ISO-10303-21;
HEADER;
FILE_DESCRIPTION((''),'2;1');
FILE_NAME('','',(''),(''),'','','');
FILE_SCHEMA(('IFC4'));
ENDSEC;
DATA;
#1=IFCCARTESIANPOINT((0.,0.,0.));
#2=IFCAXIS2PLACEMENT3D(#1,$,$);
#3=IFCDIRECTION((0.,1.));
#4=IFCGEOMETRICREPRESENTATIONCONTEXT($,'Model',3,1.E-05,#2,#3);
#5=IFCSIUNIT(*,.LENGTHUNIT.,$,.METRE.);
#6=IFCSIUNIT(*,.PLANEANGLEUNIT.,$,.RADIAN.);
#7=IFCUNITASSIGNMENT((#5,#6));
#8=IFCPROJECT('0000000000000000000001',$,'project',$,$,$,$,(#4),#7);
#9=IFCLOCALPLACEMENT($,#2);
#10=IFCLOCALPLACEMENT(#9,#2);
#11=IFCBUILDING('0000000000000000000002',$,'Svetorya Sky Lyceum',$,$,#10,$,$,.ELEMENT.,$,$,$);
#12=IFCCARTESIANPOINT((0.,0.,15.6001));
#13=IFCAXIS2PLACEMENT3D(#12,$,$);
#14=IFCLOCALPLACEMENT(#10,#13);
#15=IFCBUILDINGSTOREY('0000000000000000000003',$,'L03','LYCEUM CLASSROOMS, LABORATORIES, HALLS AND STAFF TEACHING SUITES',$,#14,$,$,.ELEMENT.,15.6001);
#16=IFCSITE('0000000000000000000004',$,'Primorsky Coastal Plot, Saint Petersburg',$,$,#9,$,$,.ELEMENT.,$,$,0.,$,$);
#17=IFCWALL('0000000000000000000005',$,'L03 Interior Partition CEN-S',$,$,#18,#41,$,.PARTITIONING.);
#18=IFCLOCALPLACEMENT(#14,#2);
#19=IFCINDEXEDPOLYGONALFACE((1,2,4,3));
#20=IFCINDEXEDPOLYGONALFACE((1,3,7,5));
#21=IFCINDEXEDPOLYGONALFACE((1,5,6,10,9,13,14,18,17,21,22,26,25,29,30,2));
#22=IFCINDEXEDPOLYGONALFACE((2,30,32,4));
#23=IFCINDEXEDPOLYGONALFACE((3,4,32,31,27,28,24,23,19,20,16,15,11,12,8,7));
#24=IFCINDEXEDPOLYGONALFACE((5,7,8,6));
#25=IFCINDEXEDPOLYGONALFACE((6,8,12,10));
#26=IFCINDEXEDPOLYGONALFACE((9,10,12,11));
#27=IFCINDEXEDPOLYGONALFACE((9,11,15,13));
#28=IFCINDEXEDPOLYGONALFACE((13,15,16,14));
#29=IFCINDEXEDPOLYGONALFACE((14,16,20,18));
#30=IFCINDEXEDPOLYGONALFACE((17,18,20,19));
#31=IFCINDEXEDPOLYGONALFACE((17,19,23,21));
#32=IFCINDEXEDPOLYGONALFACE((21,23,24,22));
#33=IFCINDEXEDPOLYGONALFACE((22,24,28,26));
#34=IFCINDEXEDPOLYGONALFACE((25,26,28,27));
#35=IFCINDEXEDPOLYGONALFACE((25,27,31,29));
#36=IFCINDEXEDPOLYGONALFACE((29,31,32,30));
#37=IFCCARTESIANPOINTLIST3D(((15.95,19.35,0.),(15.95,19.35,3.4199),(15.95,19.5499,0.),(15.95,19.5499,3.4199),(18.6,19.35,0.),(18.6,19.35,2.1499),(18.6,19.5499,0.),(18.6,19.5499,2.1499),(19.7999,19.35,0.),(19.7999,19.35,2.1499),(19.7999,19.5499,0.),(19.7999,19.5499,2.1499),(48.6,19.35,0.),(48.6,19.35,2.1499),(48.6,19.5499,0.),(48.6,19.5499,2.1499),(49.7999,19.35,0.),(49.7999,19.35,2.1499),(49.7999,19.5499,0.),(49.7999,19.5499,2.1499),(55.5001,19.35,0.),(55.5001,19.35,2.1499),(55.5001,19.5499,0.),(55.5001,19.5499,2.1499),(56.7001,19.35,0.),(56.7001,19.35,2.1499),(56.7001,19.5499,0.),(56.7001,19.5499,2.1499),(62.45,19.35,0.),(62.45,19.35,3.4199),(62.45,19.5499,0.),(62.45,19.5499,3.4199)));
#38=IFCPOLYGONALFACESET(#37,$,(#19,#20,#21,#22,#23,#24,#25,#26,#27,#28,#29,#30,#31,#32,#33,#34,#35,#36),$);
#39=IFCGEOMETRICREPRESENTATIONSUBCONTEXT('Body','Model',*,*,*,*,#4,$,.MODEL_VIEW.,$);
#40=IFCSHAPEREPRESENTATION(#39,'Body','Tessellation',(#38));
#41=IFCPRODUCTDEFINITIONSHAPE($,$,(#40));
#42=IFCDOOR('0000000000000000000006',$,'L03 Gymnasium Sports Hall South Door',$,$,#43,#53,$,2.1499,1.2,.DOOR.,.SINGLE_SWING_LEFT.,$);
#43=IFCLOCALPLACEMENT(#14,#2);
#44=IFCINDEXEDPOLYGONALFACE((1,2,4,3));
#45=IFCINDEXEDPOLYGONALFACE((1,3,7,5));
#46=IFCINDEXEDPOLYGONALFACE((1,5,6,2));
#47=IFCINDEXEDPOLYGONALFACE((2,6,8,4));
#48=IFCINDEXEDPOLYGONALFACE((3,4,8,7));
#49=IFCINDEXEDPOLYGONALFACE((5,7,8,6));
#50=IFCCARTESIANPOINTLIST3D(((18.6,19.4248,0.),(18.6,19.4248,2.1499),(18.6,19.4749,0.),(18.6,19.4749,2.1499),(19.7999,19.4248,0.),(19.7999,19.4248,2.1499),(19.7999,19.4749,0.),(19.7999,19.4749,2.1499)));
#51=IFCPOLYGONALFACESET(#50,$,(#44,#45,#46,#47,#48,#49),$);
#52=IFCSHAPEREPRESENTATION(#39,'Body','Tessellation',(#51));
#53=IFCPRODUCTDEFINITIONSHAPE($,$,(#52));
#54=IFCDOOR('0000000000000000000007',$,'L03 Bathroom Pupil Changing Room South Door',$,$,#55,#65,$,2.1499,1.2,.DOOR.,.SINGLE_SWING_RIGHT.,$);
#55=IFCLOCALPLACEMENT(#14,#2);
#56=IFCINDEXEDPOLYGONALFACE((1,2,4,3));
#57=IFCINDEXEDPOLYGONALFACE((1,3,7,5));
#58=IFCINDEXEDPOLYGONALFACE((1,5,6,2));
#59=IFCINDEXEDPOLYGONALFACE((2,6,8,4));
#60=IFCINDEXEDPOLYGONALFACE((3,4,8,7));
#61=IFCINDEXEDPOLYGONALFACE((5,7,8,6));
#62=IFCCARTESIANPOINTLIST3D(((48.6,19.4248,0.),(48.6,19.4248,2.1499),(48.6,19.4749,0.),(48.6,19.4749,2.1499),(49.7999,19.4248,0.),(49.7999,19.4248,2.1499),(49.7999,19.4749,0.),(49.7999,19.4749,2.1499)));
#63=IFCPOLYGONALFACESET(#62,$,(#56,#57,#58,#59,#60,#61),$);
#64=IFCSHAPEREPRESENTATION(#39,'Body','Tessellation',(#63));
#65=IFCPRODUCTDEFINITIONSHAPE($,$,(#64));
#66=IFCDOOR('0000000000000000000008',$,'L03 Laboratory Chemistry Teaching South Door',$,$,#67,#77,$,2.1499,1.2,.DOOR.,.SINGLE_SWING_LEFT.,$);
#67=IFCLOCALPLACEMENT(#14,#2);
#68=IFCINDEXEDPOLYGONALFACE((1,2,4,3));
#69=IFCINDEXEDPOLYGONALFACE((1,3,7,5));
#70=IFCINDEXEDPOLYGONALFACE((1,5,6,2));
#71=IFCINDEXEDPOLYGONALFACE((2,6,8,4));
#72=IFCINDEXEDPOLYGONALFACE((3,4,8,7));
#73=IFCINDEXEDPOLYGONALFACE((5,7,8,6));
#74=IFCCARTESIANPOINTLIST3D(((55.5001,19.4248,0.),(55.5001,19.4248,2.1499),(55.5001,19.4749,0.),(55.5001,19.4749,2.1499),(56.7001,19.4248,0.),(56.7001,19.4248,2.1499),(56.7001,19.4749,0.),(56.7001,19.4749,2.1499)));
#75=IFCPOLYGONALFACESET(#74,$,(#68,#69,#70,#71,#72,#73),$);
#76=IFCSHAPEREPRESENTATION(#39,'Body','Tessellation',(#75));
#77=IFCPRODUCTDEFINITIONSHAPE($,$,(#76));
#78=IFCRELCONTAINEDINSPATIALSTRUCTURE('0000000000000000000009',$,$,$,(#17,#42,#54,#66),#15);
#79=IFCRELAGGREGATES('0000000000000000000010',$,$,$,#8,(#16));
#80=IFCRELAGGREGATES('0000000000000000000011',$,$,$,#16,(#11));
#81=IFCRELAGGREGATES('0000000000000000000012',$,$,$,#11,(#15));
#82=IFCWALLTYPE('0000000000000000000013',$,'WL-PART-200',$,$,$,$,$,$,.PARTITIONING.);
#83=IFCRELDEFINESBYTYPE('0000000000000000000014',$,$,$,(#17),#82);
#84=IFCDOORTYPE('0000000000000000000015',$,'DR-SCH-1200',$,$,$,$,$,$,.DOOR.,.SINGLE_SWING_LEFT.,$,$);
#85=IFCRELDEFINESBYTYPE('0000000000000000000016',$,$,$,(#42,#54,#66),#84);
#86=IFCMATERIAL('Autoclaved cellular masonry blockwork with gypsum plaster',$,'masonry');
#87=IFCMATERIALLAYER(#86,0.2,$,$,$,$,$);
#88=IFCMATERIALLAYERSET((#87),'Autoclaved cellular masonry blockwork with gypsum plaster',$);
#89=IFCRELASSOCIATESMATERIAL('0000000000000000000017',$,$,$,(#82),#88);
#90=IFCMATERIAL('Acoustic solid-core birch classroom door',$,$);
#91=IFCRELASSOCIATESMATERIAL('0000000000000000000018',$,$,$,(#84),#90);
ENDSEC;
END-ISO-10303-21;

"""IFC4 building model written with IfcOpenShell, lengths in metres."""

from ifc_helpers import new_model, si_unit, direction, frame, frame_2d, origin, place, context, subcontext, project, spatial, rectangle, extrude, material, layer, layer_set, type_object, element, fill, save


model = new_model("IFC4")

# Units and contexts
model_context = context("Model", 3, precision=1e-05, world=origin(), true_north=direction((0.0, 1.0)))
body_context = subcontext(model_context, "Body", "Model", "MODEL_VIEW")
ifc_project = project(units=[si_unit("LENGTHUNIT", "METRE"), si_unit("PLANEANGLEUNIT", "RADIAN")], contexts=[model_context])

# Site, building, storey
site_placement = place(None, origin())
site = spatial("IfcSite", under=ifc_project, at=site_placement, Name="Primorsky Coastal Plot, Saint Petersburg", CompositionType="ELEMENT", RefElevation=0.0)
building_placement = place(site_placement, origin())
building = spatial("IfcBuilding", under=site, at=building_placement, Name="Svetorya Sky Lyceum", CompositionType="ELEMENT")
storey_placement = place(building_placement, frame((0.0, 0.0, 15.6001)))
storey = spatial("IfcBuildingStorey", under=building, at=storey_placement, Name="L03", Description="LYCEUM CLASSROOMS, LABORATORIES, HALLS AND STAFF TEACHING SUITES", CompositionType="ELEMENT", Elevation=15.6001)

# Wall, openings, doors
ifc_material_1 = material(Name="Autoclaved cellular masonry blockwork with gypsum plaster", Category="masonry")
ifc_layer_1 = layer(ifc_material_1, 0.2)
ifc_layer_set_1 = layer_set([ifc_layer_1], Name="Autoclaved cellular masonry blockwork with gypsum plaster")
wall_type_1 = type_object("IfcWallType", Name="WL-PART-200", PredefinedType="PARTITIONING", material=ifc_layer_set_1)
wall_1_placement = place(storey_placement, frame((15.95, 19.45, 0.0), z_axis=(0.0, 0.0, 1.0), x_axis=(1.0, 0.0, 0.0)))
wall_1 = element("IfcWall", 1, at=wall_1_placement, inside=storey, type_object=wall_type_1, Name="L03 Interior Partition CEN-S", PredefinedType="PARTITIONING", context=body_context, shape_type="SweptSolid", body=[
    extrude(rectangle(XDim=46.5, YDim=0.2, at=frame_2d((23.25, 0.0))), origin(), (0.0, 0.0, 1.0), 3.4199),
])
opening_1_placement = place(wall_1_placement, frame((2.6499, 0.0, 0.0)))
opening_1 = element("IfcOpeningElement", 2, at=opening_1_placement, cuts=wall_1, PredefinedType="OPENING", context=body_context, shape_type="SweptSolid", body=[
    extrude(rectangle(XDim=1.2, YDim=2.1499, at=frame_2d((0.6001, 1.075))), frame((0.0, 0.1099, 0.0), z_axis=(0.0, -1.0, 0.0), x_axis=(1.0, 0.0, 0.0)), (0.0, 0.0, 1.0), 0.22),
])
opening_2_placement = place(wall_1_placement, frame((32.6499, 0.0, 0.0)))
opening_2 = element("IfcOpeningElement", 3, at=opening_2_placement, cuts=wall_1, PredefinedType="OPENING", context=body_context, shape_type="SweptSolid", body=[
    extrude(rectangle(XDim=1.2, YDim=2.1499, at=frame_2d((0.6001, 1.075))), frame((0.0, 0.1099, 0.0), z_axis=(0.0, -1.0, 0.0), x_axis=(1.0, 0.0, 0.0)), (0.0, 0.0, 1.0), 0.22),
])
opening_3_placement = place(wall_1_placement, frame((39.55, 0.0, 0.0)))
opening_3 = element("IfcOpeningElement", 4, at=opening_3_placement, cuts=wall_1, PredefinedType="OPENING", context=body_context, shape_type="SweptSolid", body=[
    extrude(rectangle(XDim=1.2, YDim=2.1499, at=frame_2d((0.6001, 1.075))), frame((0.0, 0.1099, 0.0), z_axis=(0.0, -1.0, 0.0), x_axis=(1.0, 0.0, 0.0)), (0.0, 0.0, 1.0), 0.22),
])
ifc_material_2 = material(Name="Acoustic solid-core birch classroom door")
door_type_1 = type_object("IfcDoorType", Name="DR-SCH-1200", OperationType="SINGLE_SWING_LEFT", PredefinedType="DOOR", material=ifc_material_2)
door_1_placement = place(opening_1_placement, origin())
door_1 = element("IfcDoor", 5, at=door_1_placement, inside=storey, type_object=door_type_1, Name="L03 Gymnasium Sports Hall South Door", OperationType="SINGLE_SWING_LEFT", OverallHeight=2.1499, OverallWidth=1.2, PredefinedType="DOOR", context=body_context, shape_type="SweptSolid", body=[
    extrude(rectangle(XDim=1.2, YDim=2.1499, at=frame_2d((0.6001, 1.075))), frame((0.0, 0.0249, 0.0), z_axis=(0.0, -1.0, 0.0), x_axis=(1.0, 0.0, 0.0)), (0.0, 0.0, 1.0), 0.05),
])
fill(opening_1, door_1)
door_2_placement = place(opening_2_placement, origin())
door_2 = element("IfcDoor", 6, at=door_2_placement, inside=storey, type_object=door_type_1, Name="L03 Bathroom Pupil Changing Room South Door", OperationType="SINGLE_SWING_RIGHT", OverallHeight=2.1499, OverallWidth=1.2, PredefinedType="DOOR", context=body_context, shape_type="SweptSolid", body=[
    extrude(rectangle(XDim=1.2, YDim=2.1499, at=frame_2d((0.6001, 1.075))), frame((0.0, 0.0249, 0.0), z_axis=(0.0, -1.0, 0.0), x_axis=(1.0, 0.0, 0.0)), (0.0, 0.0, 1.0), 0.05),
])
fill(opening_2, door_2)
door_3_placement = place(opening_3_placement, origin())
door_3 = element("IfcDoor", 7, at=door_3_placement, inside=storey, type_object=door_type_1, Name="L03 Laboratory Chemistry Teaching South Door", OperationType="SINGLE_SWING_LEFT", OverallHeight=2.1499, OverallWidth=1.2, PredefinedType="DOOR", context=body_context, shape_type="SweptSolid", body=[
    extrude(rectangle(XDim=1.2, YDim=2.1499, at=frame_2d((0.6001, 1.075))), frame((0.0, 0.0249, 0.0), z_axis=(0.0, -1.0, 0.0), x_axis=(1.0, 0.0, 0.0)), (0.0, 0.0, 1.0), 0.05),
])
fill(opening_3, door_3)

save(model, "model.ifc")
